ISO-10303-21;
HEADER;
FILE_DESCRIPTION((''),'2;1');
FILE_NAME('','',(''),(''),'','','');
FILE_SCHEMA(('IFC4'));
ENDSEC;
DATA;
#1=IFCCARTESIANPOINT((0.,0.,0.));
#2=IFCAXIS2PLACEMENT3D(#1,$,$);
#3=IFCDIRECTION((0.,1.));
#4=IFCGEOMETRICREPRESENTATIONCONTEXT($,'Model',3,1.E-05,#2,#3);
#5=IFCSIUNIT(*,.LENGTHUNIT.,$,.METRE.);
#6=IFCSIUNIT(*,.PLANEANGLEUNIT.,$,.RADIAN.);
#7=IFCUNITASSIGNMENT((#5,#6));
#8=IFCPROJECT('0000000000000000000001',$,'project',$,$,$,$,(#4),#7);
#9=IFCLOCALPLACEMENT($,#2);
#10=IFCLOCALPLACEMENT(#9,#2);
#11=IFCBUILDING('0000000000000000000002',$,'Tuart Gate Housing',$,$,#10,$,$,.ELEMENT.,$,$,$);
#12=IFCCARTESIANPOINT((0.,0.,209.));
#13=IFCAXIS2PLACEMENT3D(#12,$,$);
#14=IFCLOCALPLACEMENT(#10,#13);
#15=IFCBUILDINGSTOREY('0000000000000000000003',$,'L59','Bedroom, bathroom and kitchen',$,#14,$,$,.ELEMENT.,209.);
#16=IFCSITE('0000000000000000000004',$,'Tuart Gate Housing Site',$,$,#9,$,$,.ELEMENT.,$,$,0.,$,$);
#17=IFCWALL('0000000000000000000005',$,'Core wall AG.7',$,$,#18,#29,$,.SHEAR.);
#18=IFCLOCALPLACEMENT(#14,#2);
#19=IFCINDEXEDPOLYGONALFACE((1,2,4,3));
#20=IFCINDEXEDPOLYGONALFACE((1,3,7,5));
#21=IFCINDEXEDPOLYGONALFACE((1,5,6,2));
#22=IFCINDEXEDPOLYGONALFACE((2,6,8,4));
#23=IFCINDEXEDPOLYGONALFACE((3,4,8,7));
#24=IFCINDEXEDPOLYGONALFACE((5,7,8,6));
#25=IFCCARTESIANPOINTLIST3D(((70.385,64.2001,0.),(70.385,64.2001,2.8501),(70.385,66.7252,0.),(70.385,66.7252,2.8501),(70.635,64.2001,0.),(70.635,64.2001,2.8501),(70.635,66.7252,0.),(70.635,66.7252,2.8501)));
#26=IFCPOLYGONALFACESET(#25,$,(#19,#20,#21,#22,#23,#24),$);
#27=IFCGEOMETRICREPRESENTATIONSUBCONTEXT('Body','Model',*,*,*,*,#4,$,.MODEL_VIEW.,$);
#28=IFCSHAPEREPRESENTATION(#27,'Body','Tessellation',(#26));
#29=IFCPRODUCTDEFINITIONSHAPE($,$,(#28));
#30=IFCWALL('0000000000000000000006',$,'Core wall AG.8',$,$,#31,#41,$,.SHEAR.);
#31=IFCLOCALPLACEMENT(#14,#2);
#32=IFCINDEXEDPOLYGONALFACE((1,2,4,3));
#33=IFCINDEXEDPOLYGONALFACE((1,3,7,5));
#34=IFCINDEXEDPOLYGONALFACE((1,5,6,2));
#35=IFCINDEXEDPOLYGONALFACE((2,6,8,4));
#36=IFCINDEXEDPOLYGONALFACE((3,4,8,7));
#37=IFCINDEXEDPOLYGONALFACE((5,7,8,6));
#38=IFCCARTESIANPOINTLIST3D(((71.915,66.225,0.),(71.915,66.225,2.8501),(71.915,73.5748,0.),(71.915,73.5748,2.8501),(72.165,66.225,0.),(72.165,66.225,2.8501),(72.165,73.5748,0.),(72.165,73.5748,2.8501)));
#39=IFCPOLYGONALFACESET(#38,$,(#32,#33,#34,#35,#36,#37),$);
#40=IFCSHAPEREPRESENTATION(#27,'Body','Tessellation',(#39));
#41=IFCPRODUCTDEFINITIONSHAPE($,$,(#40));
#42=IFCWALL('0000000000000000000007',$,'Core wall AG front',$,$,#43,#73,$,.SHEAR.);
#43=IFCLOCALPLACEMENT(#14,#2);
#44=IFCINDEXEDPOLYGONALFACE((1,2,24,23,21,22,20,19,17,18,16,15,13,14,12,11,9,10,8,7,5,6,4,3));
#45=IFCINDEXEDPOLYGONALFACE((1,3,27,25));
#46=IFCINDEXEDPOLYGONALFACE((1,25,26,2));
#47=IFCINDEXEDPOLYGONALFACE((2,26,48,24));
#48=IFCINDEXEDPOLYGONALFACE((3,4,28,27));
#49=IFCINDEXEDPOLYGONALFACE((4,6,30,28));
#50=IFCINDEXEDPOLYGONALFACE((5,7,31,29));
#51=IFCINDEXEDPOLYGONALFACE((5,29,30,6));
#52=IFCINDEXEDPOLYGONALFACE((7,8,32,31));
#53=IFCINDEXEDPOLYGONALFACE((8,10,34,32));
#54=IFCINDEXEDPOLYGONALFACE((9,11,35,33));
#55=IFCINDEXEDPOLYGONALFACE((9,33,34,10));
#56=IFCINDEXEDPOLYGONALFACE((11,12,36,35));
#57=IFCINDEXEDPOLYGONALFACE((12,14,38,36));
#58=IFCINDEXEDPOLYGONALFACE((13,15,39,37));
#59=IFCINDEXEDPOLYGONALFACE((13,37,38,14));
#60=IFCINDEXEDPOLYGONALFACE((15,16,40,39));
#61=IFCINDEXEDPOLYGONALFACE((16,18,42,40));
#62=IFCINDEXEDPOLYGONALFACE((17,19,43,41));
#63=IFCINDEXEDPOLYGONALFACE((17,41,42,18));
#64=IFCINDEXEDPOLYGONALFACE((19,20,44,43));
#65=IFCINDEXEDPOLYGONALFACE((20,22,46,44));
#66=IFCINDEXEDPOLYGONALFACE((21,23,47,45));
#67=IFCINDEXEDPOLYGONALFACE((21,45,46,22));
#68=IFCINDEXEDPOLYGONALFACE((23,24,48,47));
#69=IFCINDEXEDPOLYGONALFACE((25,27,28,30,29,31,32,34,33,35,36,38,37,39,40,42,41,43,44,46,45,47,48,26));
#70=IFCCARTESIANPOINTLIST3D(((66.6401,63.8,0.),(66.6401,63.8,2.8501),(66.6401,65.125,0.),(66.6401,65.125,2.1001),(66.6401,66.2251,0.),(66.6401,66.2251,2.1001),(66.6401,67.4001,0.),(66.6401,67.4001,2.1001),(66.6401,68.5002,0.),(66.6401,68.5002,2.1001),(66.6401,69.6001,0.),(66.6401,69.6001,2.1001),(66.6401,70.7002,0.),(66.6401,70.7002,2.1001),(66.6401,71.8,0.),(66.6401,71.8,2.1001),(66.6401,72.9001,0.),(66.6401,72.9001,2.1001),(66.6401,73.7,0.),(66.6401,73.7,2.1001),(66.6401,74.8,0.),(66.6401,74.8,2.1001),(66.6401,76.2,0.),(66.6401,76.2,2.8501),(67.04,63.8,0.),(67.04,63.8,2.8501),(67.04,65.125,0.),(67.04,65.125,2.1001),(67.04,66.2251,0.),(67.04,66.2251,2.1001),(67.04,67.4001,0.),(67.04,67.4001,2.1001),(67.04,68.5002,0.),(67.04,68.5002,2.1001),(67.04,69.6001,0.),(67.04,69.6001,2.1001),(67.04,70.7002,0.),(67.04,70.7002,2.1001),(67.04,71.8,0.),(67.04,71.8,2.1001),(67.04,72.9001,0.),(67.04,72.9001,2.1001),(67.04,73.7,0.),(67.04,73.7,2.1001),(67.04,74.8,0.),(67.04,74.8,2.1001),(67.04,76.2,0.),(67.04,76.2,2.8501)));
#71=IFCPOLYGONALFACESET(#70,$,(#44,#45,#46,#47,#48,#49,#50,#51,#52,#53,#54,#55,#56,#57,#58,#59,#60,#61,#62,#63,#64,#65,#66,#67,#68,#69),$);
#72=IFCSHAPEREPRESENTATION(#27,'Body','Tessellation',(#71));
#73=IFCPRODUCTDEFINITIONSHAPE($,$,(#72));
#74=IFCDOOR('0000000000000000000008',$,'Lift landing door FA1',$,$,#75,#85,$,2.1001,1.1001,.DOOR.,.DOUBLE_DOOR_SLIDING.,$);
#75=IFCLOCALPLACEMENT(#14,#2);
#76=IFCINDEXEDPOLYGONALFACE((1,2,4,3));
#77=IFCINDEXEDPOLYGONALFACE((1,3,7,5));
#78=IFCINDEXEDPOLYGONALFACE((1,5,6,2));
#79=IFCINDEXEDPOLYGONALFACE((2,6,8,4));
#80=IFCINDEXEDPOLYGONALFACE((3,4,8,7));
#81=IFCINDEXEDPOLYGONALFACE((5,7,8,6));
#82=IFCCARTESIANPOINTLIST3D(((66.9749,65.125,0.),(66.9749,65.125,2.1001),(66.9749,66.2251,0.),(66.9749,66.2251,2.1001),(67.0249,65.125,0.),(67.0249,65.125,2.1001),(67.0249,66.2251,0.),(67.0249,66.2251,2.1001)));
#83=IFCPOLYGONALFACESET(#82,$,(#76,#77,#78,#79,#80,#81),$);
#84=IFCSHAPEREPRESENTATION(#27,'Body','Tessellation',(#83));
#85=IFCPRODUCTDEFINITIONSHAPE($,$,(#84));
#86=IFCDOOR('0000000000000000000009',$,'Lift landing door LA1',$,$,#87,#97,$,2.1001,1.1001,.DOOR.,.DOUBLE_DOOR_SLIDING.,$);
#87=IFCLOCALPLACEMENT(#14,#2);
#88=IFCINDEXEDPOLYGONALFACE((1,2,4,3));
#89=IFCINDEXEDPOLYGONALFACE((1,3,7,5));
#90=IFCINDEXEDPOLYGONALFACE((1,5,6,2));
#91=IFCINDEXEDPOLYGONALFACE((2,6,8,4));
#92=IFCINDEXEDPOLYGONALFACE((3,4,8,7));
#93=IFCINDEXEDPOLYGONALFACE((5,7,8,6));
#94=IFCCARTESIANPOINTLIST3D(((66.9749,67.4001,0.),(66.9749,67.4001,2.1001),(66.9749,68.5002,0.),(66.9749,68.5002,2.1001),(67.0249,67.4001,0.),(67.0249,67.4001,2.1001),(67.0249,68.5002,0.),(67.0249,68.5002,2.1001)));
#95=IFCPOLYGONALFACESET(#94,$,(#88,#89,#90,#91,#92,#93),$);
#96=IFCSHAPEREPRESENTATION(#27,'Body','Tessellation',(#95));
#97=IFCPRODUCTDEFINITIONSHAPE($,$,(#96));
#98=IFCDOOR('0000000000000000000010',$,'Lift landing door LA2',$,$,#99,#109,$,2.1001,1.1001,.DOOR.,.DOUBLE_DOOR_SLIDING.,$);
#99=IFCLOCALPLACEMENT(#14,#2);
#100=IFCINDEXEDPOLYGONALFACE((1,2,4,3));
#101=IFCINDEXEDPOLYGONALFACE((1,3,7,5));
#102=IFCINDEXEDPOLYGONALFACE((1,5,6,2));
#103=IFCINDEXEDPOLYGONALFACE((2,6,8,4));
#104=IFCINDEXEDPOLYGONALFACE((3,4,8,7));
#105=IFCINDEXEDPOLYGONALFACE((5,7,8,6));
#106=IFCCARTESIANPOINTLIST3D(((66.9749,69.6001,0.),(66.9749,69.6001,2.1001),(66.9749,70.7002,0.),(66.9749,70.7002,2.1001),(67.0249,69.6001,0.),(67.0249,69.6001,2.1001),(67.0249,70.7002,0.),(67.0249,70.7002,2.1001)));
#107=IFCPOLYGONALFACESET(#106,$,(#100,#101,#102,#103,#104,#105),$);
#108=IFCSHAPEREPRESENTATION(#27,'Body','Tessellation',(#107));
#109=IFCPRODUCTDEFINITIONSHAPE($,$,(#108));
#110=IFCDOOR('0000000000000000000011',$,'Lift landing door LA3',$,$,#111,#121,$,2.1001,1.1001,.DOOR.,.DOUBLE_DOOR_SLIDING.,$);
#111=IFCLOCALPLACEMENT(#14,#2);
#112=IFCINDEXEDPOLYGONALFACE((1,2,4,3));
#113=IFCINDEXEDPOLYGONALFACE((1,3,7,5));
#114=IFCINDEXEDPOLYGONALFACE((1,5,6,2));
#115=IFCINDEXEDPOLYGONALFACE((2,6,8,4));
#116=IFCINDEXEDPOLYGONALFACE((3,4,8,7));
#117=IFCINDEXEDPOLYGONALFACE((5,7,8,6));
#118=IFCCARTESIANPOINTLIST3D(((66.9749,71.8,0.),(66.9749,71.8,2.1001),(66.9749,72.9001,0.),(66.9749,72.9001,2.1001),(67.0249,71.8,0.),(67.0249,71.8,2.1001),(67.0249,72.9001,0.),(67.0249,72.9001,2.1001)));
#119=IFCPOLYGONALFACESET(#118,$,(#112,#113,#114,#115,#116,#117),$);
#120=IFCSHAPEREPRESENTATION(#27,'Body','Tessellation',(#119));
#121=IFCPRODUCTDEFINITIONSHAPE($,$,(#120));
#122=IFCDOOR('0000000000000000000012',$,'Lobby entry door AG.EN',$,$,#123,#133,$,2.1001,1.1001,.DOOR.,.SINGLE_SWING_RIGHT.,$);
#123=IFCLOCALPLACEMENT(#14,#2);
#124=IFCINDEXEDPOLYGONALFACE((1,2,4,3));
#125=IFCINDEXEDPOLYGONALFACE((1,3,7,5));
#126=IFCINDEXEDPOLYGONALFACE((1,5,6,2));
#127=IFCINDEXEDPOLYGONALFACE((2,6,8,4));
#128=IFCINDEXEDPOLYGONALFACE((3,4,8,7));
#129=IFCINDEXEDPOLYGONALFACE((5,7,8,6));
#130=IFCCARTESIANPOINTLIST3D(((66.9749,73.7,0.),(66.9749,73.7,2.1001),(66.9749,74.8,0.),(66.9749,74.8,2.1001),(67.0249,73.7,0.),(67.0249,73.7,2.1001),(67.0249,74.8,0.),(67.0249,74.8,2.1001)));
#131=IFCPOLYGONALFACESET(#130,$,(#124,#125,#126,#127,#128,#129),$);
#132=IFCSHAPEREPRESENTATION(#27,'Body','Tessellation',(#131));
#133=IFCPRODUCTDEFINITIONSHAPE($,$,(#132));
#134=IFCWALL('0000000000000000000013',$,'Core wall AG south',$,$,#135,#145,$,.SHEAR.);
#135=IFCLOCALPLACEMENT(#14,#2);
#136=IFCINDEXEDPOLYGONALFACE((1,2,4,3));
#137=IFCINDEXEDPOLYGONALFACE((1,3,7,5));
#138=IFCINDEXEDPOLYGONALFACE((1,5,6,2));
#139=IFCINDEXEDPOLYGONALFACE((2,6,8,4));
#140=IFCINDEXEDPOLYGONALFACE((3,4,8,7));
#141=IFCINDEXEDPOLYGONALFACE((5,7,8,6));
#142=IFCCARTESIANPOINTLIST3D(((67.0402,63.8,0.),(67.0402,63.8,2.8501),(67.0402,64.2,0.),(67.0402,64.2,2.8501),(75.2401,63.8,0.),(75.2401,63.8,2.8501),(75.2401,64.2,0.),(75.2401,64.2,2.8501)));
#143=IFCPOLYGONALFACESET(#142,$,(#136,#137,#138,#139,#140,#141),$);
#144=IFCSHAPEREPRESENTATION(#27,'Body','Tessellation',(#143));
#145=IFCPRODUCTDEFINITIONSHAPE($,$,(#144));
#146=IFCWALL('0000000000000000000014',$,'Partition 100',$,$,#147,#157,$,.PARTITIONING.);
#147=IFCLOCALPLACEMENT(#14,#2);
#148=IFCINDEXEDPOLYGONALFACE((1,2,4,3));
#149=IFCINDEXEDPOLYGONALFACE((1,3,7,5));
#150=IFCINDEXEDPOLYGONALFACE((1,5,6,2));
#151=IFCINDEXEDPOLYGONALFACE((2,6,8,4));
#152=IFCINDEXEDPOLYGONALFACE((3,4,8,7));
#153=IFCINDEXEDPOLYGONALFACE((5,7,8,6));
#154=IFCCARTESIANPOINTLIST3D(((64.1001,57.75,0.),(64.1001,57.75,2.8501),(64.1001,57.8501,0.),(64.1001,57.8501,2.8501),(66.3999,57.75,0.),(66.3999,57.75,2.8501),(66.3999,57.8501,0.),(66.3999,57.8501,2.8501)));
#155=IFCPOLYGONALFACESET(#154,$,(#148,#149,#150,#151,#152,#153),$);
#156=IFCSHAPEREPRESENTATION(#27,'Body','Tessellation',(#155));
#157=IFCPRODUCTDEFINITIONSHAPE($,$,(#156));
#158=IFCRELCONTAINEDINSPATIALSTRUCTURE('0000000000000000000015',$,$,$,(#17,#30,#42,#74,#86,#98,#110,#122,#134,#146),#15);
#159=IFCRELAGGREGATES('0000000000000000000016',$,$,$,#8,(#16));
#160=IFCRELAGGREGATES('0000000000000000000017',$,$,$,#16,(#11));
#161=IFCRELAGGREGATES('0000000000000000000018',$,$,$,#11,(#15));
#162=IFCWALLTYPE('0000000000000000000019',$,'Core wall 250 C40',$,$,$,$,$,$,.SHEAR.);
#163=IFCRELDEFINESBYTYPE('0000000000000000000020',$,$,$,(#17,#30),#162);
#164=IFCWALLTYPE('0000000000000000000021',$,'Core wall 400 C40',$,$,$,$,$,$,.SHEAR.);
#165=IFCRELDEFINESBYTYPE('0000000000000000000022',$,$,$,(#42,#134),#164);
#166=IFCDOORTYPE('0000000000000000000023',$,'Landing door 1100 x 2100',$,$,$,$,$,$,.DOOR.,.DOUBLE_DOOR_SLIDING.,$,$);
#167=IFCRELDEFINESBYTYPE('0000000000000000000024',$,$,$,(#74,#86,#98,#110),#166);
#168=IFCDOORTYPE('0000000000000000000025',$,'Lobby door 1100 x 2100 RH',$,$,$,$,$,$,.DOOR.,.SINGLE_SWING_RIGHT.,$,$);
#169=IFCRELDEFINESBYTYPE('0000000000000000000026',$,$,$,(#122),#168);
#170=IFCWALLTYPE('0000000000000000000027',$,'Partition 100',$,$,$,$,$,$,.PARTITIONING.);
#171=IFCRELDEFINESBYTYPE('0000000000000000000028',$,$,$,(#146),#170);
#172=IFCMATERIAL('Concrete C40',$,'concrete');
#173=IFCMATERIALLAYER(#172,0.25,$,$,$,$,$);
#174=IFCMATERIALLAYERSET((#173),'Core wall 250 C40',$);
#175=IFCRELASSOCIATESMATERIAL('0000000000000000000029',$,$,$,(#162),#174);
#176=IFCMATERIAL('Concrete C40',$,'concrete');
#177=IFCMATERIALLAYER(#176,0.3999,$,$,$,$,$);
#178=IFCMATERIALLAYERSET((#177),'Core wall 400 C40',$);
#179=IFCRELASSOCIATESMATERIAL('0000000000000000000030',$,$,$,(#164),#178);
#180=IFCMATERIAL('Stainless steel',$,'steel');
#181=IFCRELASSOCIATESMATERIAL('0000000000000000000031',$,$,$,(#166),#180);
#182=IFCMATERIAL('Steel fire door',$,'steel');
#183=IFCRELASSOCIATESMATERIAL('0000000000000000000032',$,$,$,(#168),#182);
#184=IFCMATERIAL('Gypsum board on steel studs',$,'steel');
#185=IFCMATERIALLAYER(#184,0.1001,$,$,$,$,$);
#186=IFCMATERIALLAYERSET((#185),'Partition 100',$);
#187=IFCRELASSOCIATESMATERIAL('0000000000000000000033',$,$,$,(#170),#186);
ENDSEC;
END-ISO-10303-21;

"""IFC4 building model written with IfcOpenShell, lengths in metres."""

from ifc_helpers import new_model, si_unit, direction, frame, frame_2d, origin, place, context, subcontext, project, spatial, rectangle, extrude, material, layer, layer_set, type_object, element, fill, save


model = new_model("IFC4")

# Units and contexts
model_context = context("Model", 3, precision=1e-05, world=origin(), true_north=direction((0.0, 1.0)))
body_context = subcontext(model_context, "Body", "Model", "MODEL_VIEW")
ifc_project = project(units=[si_unit("LENGTHUNIT", "METRE"), si_unit("PLANEANGLEUNIT", "RADIAN")], contexts=[model_context])

# Site, building, storey
site_placement = place(None, origin())
site = spatial("IfcSite", under=ifc_project, at=site_placement, Name="Tuart Gate Housing Site", CompositionType="ELEMENT", RefElevation=0.0)
building_placement = place(site_placement, origin())
building = spatial("IfcBuilding", under=site, at=building_placement, Name="Tuart Gate Housing", CompositionType="ELEMENT")
storey_placement = place(building_placement, frame((0.0, 0.0, 209.0)))
storey = spatial("IfcBuildingStorey", under=building, at=storey_placement, Name="L59", Description="Bedroom, bathroom and kitchen", CompositionType="ELEMENT", Elevation=209.0)

# Walls
ifc_material_1 = material(Name="Concrete C40", Category="concrete")
ifc_layer_1 = layer(ifc_material_1, 0.25)
ifc_layer_set_1 = layer_set([ifc_layer_1], Name="Core wall 250 C40")
wall_type_1 = type_object("IfcWallType", Name="Core wall 250 C40", PredefinedType="SHEAR", material=ifc_layer_set_1)
wall_1_placement = place(storey_placement, frame((70.51, 64.2, 0.0), z_axis=(0.0, 0.0, 1.0), x_axis=(0.0, 1.0, 0.0)))
element("IfcWall", 1, at=wall_1_placement, inside=storey, type_object=wall_type_1, Name="Core wall AG.7", PredefinedType="SHEAR", context=body_context, shape_type="SweptSolid", body=[
    extrude(rectangle(XDim=2.5251, YDim=0.25, at=frame_2d((1.2627, 0.0))), origin(), (0.0, 0.0, 1.0), 2.8501),
])
wall_2_placement = place(storey_placement, frame((72.04, 66.2251, 0.0), z_axis=(0.0, 0.0, 1.0), x_axis=(0.0, 1.0, 0.0)))
element("IfcWall", 2, at=wall_2_placement, inside=storey, type_object=wall_type_1, Name="Core wall AG.8", PredefinedType="SHEAR", context=body_context, shape_type="SweptSolid", body=[
    extrude(rectangle(XDim=7.3499, YDim=0.25, at=frame_2d((3.6748, 0.0))), origin(), (0.0, 0.0, 1.0), 2.8501),
])

# Wall, openings, doors
ifc_material_2 = material(Name="Concrete C40", Category="concrete")
ifc_layer_2 = layer(ifc_material_2, 0.3999)
ifc_layer_set_2 = layer_set([ifc_layer_2], Name="Core wall 400 C40")
wall_type_2 = type_object("IfcWallType", Name="Core wall 400 C40", PredefinedType="SHEAR", material=ifc_layer_set_2)
wall_3_placement = place(storey_placement, frame((66.8401, 63.8, 0.0), z_axis=(0.0, 0.0, 1.0), x_axis=(0.0, 1.0, 0.0)))
wall_3 = element("IfcWall", 3, at=wall_3_placement, inside=storey, type_object=wall_type_2, Name="Core wall AG front", PredefinedType="SHEAR", context=body_context, shape_type="SweptSolid", body=[
    extrude(rectangle(XDim=12.3999, YDim=0.3999, at=frame_2d((6.2, 0.0))), origin(), (0.0, 0.0, 1.0), 2.8501),
])
opening_1_placement = place(wall_3_placement, frame((1.325, 0.0, 0.0)))
opening_1 = element("IfcOpeningElement", 4, at=opening_1_placement, cuts=wall_3, PredefinedType="OPENING", context=body_context, shape_type="SweptSolid", body=[
    extrude(rectangle(XDim=1.1001, YDim=2.1001, at=frame_2d((0.55, 1.05))), frame((0.0, 0.21, 0.0), z_axis=(0.0, -1.0, 0.0), x_axis=(1.0, 0.0, 0.0)), (0.0, 0.0, 1.0), 0.4199),
])
opening_2_placement = place(wall_3_placement, frame((3.6001, 0.0, 0.0)))
opening_2 = element("IfcOpeningElement", 5, at=opening_2_placement, cuts=wall_3, PredefinedType="OPENING", context=body_context, shape_type="SweptSolid", body=[
    extrude(rectangle(XDim=1.1001, YDim=2.1001, at=frame_2d((0.55, 1.05))), frame((0.0, 0.21, 0.0), z_axis=(0.0, -1.0, 0.0), x_axis=(1.0, 0.0, 0.0)), (0.0, 0.0, 1.0), 0.4199),
])
opening_3_placement = place(wall_3_placement, frame((5.8, 0.0, 0.0)))
opening_3 = element("IfcOpeningElement", 6, at=opening_3_placement, cuts=wall_3, PredefinedType="OPENING", context=body_context, shape_type="SweptSolid", body=[
    extrude(rectangle(XDim=1.1001, YDim=2.1001, at=frame_2d((0.55, 1.05))), frame((0.0, 0.21, 0.0), z_axis=(0.0, -1.0, 0.0), x_axis=(1.0, 0.0, 0.0)), (0.0, 0.0, 1.0), 0.4199),
])
opening_4_placement = place(wall_3_placement, frame((8.0, 0.0, 0.0)))
opening_4 = element("IfcOpeningElement", 7, at=opening_4_placement, cuts=wall_3, PredefinedType="OPENING", context=body_context, shape_type="SweptSolid", body=[
    extrude(rectangle(XDim=1.1001, YDim=2.1001, at=frame_2d((0.55, 1.05))), frame((0.0, 0.21, 0.0), z_axis=(0.0, -1.0, 0.0), x_axis=(1.0, 0.0, 0.0)), (0.0, 0.0, 1.0), 0.4199),
])
opening_5_placement = place(wall_3_placement, frame((9.8999, 0.0, 0.0)))
opening_5 = element("IfcOpeningElement", 8, at=opening_5_placement, cuts=wall_3, PredefinedType="OPENING", context=body_context, shape_type="SweptSolid", body=[
    extrude(rectangle(XDim=1.1001, YDim=2.1001, at=frame_2d((0.55, 1.05))), frame((0.0, 0.21, 0.0), z_axis=(0.0, -1.0, 0.0), x_axis=(1.0, 0.0, 0.0)), (0.0, 0.0, 1.0), 0.4199),
])
ifc_material_3 = material(Name="Stainless steel", Category="steel")
door_type_1 = type_object("IfcDoorType", Name="Landing door 1100 x 2100", OperationType="DOUBLE_DOOR_SLIDING", PredefinedType="DOOR", material=ifc_material_3)
door_1_placement = place(opening_1_placement, origin())
door_1 = element("IfcDoor", 9, at=door_1_placement, inside=storey, type_object=door_type_1, Name="Lift landing door FA1", OperationType="DOUBLE_DOOR_SLIDING", OverallHeight=2.1001, OverallWidth=1.1001, PredefinedType="DOOR", context=body_context, shape_type="SweptSolid", body=[
    extrude(rectangle(XDim=1.1001, YDim=2.1001, at=frame_2d((0.55, 1.05))), frame((0.0, -0.1348, 0.0), z_axis=(0.0, -1.0, 0.0), x_axis=(1.0, 0.0, 0.0)), (0.0, 0.0, 1.0), 0.05),
])
fill(opening_1, door_1)
door_2_placement = place(opening_2_placement, origin())
door_2 = element("IfcDoor", 10, at=door_2_placement, inside=storey, type_object=door_type_1, Name="Lift landing door LA1", OperationType="DOUBLE_DOOR_SLIDING", OverallHeight=2.1001, OverallWidth=1.1001, PredefinedType="DOOR", context=body_context, shape_type="SweptSolid", body=[
    extrude(rectangle(XDim=1.1001, YDim=2.1001, at=frame_2d((0.55, 1.05))), frame((0.0, -0.1348, 0.0), z_axis=(0.0, -1.0, 0.0), x_axis=(1.0, 0.0, 0.0)), (0.0, 0.0, 1.0), 0.05),
])
fill(opening_2, door_2)
door_3_placement = place(opening_3_placement, origin())
door_3 = element("IfcDoor", 11, at=door_3_placement, inside=storey, type_object=door_type_1, Name="Lift landing door LA2", OperationType="DOUBLE_DOOR_SLIDING", OverallHeight=2.1001, OverallWidth=1.1001, PredefinedType="DOOR", context=body_context, shape_type="SweptSolid", body=[
    extrude(rectangle(XDim=1.1001, YDim=2.1001, at=frame_2d((0.55, 1.05))), frame((0.0, -0.1348, 0.0), z_axis=(0.0, -1.0, 0.0), x_axis=(1.0, 0.0, 0.0)), (0.0, 0.0, 1.0), 0.05),
])
fill(opening_3, door_3)
door_4_placement = place(opening_4_placement, origin())
door_4 = element("IfcDoor", 12, at=door_4_placement, inside=storey, type_object=door_type_1, Name="Lift landing door LA3", OperationType="DOUBLE_DOOR_SLIDING", OverallHeight=2.1001, OverallWidth=1.1001, PredefinedType="DOOR", context=body_context, shape_type="SweptSolid", body=[
    extrude(rectangle(XDim=1.1001, YDim=2.1001, at=frame_2d((0.55, 1.05))), frame((0.0, -0.1348, 0.0), z_axis=(0.0, -1.0, 0.0), x_axis=(1.0, 0.0, 0.0)), (0.0, 0.0, 1.0), 0.05),
])
fill(opening_4, door_4)
ifc_material_4 = material(Name="Steel fire door", Category="steel")
door_type_2 = type_object("IfcDoorType", Name="Lobby door 1100 x 2100 RH", OperationType="SINGLE_SWING_RIGHT", PredefinedType="DOOR", material=ifc_material_4)
door_5_placement = place(opening_5_placement, frame((1.1001, 0.0, 0.0), z_axis=(0.0, 0.0, 1.0), x_axis=(-1.0, 0.0, 0.0)))
door_5 = element("IfcDoor", 13, at=door_5_placement, inside=storey, type_object=door_type_2, Name="Lobby entry door AG.EN", OperationType="SINGLE_SWING_RIGHT", OverallHeight=2.1001, OverallWidth=1.1001, PredefinedType="DOOR", context=body_context, shape_type="SweptSolid", body=[
    extrude(rectangle(XDim=1.1001, YDim=2.1001, at=frame_2d((0.55, 1.05))), frame((0.0, 0.1848, 0.0), z_axis=(0.0, -1.0, 0.0), x_axis=(1.0, 0.0, 0.0)), (0.0, 0.0, 1.0), 0.05),
])
fill(opening_5, door_5)

# Walls
wall_4_placement = place(storey_placement, frame((67.04, 64.0, 0.0), z_axis=(0.0, 0.0, 1.0), x_axis=(1.0, 0.0, 0.0)))
element("IfcWall", 14, at=wall_4_placement, inside=storey, type_object=wall_type_2, Name="Core wall AG south", PredefinedType="SHEAR", context=body_context, shape_type="SweptSolid", body=[
    extrude(rectangle(XDim=8.2, YDim=0.3999, at=frame_2d((4.1001, 0.0))), origin(), (0.0, 0.0, 1.0), 2.8501),
])
ifc_material_5 = material(Name="Gypsum board on steel studs", Category="steel")
ifc_layer_3 = layer(ifc_material_5, 0.1001)
ifc_layer_set_3 = layer_set([ifc_layer_3], Name="Partition 100")
wall_type_3 = type_object("IfcWallType", Name="Partition 100", PredefinedType="PARTITIONING", material=ifc_layer_set_3)
wall_5_placement = place(storey_placement, frame((64.1001, 57.8, 0.0), z_axis=(0.0, 0.0, 1.0), x_axis=(1.0, 0.0, 0.0)))
element("IfcWall", 15, at=wall_5_placement, inside=storey, type_object=wall_type_3, Name="Partition 100", PredefinedType="PARTITIONING", context=body_context, shape_type="SweptSolid", body=[
    extrude(rectangle(XDim=2.2998, YDim=0.1001, at=frame_2d((1.1499, 0.0))), origin(), (0.0, 0.0, 1.0), 2.8501),
])

save(model, "model.ifc")
